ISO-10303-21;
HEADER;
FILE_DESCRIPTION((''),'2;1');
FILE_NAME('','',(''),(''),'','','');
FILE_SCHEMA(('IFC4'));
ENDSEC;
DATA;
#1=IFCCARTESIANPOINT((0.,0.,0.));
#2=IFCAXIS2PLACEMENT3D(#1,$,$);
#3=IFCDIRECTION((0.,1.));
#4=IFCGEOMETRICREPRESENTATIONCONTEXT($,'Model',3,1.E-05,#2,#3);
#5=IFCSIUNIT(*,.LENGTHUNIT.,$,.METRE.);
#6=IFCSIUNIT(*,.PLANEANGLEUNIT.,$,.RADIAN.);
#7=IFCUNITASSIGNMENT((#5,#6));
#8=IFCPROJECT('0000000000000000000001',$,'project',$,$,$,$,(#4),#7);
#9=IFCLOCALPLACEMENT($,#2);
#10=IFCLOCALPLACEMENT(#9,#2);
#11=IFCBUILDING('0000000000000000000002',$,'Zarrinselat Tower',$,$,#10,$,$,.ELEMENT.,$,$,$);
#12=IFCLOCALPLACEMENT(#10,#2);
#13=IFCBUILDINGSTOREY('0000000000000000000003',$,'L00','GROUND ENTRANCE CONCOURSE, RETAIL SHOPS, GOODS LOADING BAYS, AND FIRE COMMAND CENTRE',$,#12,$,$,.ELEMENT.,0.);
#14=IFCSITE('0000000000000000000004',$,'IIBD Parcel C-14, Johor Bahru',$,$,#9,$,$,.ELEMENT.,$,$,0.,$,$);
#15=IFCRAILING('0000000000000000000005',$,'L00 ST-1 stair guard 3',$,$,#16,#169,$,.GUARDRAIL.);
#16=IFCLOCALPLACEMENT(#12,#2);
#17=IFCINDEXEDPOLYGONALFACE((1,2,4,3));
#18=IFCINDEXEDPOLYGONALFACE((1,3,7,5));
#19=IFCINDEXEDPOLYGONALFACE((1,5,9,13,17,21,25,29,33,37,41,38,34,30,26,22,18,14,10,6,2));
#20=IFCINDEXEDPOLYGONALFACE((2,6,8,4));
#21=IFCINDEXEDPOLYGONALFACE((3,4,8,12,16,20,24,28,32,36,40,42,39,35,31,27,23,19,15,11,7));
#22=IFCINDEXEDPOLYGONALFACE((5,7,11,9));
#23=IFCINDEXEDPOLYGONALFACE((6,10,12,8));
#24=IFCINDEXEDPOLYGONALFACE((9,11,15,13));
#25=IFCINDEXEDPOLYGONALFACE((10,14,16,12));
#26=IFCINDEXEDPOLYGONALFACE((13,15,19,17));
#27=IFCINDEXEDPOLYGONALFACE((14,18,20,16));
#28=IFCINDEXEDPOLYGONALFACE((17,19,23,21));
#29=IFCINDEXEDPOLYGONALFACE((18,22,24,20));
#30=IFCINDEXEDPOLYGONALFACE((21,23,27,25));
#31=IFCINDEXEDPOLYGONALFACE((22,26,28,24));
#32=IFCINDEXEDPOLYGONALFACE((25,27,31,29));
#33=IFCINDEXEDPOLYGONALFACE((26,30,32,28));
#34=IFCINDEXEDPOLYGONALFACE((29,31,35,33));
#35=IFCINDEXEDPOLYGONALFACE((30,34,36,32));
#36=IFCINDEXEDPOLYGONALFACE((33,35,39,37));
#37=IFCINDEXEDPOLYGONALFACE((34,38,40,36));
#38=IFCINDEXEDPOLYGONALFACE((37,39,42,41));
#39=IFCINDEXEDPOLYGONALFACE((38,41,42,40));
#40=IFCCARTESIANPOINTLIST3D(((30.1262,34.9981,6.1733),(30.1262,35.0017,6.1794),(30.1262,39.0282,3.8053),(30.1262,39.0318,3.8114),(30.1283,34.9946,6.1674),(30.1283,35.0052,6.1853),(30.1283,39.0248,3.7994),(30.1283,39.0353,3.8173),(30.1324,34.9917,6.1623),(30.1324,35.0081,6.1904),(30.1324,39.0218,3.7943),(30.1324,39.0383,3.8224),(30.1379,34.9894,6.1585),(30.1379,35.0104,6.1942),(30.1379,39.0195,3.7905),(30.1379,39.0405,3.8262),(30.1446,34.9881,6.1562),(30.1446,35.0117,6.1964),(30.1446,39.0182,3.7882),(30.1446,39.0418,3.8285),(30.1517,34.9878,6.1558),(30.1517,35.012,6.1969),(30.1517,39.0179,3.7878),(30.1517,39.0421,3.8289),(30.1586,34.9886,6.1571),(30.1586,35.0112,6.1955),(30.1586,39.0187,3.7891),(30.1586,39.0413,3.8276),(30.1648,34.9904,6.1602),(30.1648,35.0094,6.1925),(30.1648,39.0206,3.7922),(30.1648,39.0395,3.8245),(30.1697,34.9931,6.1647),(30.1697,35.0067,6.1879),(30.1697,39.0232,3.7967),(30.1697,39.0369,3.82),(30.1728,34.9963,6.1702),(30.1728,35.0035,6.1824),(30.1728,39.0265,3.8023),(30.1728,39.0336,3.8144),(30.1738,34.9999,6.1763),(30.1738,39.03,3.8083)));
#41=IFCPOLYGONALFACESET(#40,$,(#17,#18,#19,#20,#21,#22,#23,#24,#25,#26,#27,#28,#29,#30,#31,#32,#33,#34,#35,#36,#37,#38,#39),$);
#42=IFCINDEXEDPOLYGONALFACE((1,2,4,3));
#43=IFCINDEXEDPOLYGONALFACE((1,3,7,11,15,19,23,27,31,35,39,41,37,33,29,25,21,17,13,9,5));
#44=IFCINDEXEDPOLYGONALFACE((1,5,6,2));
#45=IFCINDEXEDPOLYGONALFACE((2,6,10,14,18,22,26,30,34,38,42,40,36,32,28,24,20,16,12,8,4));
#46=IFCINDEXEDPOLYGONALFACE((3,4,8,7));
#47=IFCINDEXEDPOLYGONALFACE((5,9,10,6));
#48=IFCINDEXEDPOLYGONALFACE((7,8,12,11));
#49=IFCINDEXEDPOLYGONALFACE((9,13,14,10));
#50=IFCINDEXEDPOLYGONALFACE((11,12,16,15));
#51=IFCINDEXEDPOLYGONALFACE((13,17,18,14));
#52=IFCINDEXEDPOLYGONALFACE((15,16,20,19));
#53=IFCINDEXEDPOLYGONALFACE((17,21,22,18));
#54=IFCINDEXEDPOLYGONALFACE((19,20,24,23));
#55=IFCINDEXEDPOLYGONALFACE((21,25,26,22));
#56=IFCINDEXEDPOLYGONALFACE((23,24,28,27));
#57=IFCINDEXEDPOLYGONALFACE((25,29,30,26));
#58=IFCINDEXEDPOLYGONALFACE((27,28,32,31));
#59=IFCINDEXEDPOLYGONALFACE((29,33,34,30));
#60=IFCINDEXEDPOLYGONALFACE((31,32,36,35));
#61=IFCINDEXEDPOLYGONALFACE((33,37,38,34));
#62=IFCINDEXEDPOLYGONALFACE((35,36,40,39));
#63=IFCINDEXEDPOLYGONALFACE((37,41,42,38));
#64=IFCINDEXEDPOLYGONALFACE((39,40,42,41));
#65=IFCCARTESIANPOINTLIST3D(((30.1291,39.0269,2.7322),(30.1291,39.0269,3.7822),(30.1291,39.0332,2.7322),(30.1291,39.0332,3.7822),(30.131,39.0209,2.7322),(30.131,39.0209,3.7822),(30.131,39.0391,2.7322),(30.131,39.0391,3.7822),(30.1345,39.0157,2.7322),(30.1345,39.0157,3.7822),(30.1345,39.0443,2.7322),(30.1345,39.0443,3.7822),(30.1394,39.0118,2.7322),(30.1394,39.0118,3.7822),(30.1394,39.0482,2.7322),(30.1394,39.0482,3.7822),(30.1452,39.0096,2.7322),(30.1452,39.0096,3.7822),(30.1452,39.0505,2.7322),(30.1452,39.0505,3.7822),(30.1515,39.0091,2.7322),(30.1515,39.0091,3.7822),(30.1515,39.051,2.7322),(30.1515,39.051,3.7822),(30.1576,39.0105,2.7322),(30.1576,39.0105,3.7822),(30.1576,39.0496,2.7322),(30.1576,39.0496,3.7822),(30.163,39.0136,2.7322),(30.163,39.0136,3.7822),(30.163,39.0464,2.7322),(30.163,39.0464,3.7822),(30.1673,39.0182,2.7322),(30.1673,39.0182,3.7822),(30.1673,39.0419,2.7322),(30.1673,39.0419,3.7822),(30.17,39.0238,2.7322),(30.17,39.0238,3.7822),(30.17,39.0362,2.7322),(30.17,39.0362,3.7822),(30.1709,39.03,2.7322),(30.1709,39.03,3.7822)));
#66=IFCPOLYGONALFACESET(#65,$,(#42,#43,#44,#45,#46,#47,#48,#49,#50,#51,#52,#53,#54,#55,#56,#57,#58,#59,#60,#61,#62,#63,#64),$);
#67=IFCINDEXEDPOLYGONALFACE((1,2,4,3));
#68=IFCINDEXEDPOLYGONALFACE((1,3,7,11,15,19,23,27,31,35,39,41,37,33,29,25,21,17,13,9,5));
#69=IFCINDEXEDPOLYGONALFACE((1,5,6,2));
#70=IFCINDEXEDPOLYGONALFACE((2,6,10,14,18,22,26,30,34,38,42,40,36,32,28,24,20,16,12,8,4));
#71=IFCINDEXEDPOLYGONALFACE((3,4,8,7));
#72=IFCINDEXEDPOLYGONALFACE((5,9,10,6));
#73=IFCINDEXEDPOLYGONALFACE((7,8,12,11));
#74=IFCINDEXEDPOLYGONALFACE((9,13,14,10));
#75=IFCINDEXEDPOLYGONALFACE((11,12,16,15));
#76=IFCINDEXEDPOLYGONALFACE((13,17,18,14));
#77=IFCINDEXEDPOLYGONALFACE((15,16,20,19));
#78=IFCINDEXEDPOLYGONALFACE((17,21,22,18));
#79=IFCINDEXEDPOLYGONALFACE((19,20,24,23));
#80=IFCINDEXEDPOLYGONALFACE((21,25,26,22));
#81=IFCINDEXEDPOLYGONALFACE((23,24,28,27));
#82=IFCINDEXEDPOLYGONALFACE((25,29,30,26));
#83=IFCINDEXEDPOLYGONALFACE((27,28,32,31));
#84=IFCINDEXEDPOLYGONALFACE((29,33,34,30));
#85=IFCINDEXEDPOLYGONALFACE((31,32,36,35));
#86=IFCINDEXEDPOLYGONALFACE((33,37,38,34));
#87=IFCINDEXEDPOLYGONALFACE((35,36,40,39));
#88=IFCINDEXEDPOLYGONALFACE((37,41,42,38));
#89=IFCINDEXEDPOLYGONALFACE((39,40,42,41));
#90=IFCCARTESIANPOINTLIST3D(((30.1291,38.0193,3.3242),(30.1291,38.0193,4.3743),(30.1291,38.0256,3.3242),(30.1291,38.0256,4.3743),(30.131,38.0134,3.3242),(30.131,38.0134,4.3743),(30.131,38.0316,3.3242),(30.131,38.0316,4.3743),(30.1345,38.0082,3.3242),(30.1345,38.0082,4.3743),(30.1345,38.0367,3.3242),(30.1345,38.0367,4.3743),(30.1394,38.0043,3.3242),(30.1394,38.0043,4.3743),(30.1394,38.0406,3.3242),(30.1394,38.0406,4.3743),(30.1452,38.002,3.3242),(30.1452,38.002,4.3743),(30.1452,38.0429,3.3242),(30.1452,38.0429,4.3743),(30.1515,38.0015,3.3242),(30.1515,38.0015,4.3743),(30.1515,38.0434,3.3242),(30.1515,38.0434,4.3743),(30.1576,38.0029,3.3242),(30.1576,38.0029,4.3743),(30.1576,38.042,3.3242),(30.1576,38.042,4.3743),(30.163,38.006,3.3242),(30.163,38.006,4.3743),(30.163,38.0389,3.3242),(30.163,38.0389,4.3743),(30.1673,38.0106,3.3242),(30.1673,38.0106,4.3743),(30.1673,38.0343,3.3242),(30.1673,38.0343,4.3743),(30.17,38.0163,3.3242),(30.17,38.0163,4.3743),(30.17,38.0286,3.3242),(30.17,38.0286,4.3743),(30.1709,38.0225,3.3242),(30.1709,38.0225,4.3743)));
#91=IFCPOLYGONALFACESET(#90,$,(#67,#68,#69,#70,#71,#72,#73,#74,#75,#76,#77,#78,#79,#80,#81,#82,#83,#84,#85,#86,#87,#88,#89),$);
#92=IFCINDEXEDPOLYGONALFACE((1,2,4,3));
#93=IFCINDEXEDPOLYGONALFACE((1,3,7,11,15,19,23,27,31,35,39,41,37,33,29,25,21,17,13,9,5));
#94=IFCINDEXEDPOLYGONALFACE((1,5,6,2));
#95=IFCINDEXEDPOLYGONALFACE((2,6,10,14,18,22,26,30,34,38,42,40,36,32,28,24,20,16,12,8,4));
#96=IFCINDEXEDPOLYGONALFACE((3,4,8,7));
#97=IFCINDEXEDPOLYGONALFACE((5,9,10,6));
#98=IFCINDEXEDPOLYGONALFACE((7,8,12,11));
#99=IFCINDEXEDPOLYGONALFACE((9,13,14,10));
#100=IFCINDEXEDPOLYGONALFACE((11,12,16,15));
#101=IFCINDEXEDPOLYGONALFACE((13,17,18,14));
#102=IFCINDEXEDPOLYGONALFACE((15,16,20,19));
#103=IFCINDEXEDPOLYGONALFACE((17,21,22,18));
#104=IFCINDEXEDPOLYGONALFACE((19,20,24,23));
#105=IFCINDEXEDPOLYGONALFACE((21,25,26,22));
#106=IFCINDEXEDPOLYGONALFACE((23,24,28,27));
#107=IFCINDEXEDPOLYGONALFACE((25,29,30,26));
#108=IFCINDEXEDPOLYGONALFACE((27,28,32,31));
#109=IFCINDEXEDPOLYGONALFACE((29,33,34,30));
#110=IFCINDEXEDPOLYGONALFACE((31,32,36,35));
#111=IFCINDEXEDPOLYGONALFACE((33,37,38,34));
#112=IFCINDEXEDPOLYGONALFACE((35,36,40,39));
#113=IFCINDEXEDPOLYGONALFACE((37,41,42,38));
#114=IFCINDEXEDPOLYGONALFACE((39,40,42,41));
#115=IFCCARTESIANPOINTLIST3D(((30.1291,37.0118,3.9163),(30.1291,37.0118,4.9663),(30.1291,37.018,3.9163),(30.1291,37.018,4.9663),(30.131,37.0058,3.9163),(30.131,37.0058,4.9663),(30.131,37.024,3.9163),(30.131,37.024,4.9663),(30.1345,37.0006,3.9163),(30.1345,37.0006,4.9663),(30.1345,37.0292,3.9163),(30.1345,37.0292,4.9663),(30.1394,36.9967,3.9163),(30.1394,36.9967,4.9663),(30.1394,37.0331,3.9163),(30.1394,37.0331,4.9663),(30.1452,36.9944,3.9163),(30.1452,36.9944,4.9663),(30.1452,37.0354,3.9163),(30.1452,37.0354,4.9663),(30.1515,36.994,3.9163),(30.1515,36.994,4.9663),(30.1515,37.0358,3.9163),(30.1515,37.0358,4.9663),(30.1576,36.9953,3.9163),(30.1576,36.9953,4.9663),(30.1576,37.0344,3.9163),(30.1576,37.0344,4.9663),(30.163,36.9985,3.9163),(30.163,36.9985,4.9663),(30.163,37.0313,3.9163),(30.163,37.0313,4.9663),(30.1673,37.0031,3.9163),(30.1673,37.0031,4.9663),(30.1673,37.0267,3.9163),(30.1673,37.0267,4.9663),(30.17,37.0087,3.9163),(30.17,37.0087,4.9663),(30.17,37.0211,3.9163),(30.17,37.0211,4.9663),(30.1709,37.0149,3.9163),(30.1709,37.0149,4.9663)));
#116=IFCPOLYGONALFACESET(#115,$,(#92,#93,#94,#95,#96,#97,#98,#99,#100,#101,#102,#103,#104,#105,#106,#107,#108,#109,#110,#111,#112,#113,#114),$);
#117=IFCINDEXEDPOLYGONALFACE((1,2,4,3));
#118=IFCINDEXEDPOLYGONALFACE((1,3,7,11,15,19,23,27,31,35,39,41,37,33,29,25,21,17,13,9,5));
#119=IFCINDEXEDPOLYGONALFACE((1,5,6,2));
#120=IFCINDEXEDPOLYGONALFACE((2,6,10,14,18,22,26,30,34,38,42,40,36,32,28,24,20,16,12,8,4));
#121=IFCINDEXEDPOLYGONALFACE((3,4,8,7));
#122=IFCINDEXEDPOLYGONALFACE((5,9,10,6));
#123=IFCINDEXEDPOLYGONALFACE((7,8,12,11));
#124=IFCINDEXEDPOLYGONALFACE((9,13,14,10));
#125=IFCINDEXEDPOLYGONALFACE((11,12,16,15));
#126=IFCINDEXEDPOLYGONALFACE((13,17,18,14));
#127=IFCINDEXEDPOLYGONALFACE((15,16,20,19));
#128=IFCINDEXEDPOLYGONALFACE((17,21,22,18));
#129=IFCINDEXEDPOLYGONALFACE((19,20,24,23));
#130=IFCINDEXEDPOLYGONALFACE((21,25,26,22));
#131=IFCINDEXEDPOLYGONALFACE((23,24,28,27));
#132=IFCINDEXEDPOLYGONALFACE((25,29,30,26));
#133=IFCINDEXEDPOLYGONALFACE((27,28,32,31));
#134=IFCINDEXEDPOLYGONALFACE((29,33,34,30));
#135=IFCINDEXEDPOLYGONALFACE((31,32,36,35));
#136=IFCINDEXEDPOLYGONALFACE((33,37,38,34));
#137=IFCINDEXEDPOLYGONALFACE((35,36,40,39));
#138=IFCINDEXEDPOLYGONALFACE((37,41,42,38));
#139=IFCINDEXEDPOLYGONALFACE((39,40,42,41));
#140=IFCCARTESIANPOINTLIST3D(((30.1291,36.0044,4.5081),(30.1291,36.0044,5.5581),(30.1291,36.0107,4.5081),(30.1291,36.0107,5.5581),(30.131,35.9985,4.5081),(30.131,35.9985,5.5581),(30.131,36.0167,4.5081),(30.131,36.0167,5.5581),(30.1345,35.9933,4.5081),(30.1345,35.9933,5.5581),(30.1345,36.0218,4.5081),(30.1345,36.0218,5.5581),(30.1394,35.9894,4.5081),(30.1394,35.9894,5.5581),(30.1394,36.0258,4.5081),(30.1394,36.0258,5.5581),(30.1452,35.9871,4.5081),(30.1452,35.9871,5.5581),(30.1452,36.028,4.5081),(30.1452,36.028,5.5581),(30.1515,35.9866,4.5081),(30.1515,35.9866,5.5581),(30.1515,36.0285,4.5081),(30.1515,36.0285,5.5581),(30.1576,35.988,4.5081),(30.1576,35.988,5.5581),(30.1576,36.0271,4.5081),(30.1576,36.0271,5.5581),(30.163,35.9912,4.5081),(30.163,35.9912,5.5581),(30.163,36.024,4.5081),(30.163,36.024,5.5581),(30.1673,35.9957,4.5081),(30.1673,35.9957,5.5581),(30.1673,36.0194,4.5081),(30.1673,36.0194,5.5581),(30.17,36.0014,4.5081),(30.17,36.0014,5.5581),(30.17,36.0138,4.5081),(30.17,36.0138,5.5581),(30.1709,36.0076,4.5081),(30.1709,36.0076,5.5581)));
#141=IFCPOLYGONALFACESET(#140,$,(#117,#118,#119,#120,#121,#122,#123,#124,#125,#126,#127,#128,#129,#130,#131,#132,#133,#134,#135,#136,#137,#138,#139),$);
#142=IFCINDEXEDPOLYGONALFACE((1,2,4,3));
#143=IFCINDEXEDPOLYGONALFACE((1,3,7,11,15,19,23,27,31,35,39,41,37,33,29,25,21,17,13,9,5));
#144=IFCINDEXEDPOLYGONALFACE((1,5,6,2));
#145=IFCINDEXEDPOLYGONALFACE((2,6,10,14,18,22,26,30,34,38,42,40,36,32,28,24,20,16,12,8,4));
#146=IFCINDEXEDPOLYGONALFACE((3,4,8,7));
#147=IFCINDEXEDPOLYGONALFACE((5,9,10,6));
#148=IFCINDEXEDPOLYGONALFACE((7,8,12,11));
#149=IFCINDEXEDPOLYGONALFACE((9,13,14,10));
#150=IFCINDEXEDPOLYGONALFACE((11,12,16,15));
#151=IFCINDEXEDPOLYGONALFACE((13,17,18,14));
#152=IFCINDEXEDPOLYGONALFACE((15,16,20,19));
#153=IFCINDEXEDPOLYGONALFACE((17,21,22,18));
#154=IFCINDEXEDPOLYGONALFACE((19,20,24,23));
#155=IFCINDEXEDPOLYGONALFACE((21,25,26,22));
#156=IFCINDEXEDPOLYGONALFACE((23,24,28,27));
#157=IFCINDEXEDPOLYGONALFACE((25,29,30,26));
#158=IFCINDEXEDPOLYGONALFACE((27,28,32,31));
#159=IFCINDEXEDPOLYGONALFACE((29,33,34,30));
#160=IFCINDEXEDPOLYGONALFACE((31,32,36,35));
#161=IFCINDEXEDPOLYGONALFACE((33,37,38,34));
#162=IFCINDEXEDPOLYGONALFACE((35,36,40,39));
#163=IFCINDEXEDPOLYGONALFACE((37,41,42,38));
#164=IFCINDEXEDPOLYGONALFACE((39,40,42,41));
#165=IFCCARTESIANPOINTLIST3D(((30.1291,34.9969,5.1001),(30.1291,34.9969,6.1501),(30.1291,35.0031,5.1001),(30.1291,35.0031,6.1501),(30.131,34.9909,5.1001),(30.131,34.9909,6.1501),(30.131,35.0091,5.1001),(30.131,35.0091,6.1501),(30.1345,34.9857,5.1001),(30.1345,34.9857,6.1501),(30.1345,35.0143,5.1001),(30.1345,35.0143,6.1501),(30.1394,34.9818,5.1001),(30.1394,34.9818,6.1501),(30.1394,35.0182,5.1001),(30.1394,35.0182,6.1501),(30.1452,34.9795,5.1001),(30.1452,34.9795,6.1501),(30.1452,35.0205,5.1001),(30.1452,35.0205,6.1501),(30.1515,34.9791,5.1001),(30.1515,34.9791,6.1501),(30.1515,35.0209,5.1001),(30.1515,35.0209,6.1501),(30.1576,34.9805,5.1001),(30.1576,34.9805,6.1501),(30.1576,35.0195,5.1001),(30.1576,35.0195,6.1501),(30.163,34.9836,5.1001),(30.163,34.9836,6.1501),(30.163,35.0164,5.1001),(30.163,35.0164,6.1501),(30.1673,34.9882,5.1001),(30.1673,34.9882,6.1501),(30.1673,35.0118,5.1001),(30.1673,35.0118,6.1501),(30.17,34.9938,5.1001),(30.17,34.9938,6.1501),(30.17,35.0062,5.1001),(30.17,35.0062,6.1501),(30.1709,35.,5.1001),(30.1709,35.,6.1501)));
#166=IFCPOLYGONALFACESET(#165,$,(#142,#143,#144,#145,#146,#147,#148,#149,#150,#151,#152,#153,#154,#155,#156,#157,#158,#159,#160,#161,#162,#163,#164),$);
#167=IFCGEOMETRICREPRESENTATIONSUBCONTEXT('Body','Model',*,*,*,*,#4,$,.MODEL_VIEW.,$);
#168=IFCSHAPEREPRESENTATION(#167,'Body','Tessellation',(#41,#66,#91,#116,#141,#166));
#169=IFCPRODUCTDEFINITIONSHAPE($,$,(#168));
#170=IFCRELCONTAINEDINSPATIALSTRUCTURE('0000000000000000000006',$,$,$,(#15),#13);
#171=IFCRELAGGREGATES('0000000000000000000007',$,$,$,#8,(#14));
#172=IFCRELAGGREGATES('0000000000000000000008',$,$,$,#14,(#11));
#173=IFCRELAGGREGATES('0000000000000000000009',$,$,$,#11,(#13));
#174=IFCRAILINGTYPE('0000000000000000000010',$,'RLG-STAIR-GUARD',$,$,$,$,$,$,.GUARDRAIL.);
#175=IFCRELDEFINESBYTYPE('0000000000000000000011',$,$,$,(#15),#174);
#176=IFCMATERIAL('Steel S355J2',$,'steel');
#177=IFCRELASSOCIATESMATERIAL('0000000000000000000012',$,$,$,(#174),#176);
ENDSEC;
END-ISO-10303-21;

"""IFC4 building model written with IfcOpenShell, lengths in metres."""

from ifc_helpers import new_model, si_unit, direction, frame, origin, origin_2d, place, context, subcontext, project, spatial, circle, extrude, material, type_object, element, save


model = new_model("IFC4")

# Units and contexts
model_context = context("Model", 3, precision=1e-05, world=origin(), true_north=direction((0.0, 1.0)))
body_context = subcontext(model_context, "Body", "Model", "MODEL_VIEW")
ifc_project = project(units=[si_unit("LENGTHUNIT", "METRE"), si_unit("PLANEANGLEUNIT", "RADIAN")], contexts=[model_context])

# Site, building, storey
site_placement = place(None, origin())
site = spatial("IfcSite", under=ifc_project, at=site_placement, Name="IIBD Parcel C-14, Johor Bahru", CompositionType="ELEMENT", RefElevation=0.0)
building_placement = place(site_placement, origin())
building = spatial("IfcBuilding", under=site, at=building_placement, Name="Zarrinselat Tower", CompositionType="ELEMENT")
storey_placement = place(building_placement, origin())
storey = spatial("IfcBuildingStorey", under=building, at=storey_placement, Name="L00", Description="GROUND ENTRANCE CONCOURSE, RETAIL SHOPS, GOODS LOADING BAYS, AND FIRE COMMAND CENTRE", CompositionType="ELEMENT", Elevation=0.0)

# Railing
ifc_material_1 = material(Name="Steel S355J2", Category="steel")
railing_type_1 = type_object("IfcRailingType", Name="RLG-STAIR-GUARD", PredefinedType="GUARDRAIL", material=ifc_material_1)
railing_1_placement = place(storey_placement, frame((30.1499, 39.03, 2.7322)))
element("IfcRailing", 1, at=railing_1_placement, inside=storey, type_object=railing_type_1, Name="L00 ST-1 stair guard 3", PredefinedType="GUARDRAIL", context=body_context, shape_type="SweptSolid", body=[
    extrude(circle(Radius=0.0239, at=origin_2d()), frame((0.0, 0.0, 1.0762), z_axis=(0.0, -0.862185, 0.506593), x_axis=(1.0, 0.0, 0.0)), (0.0, 0.0, 1.0), 4.6743),
    extrude(circle(Radius=0.021, at=origin_2d()), origin(), (0.0, 0.0, 1.0), 1.05),
    extrude(circle(Radius=0.021, at=origin_2d()), frame((0.0, -1.0076, 0.592)), (0.0, 0.0, 1.0), 1.05),
    extrude(circle(Radius=0.021, at=origin_2d()), frame((0.0, -2.0151, 1.1841)), (0.0, 0.0, 1.0), 1.05),
    extrude(circle(Radius=0.021, at=origin_2d()), frame((0.0, -3.0225, 1.7759)), (0.0, 0.0, 1.0), 1.05),
    extrude(circle(Radius=0.021, at=origin_2d()), frame((0.0, -4.03, 2.3679)), (0.0, 0.0, 1.0), 1.05),
])

save(model, "model.ifc")
